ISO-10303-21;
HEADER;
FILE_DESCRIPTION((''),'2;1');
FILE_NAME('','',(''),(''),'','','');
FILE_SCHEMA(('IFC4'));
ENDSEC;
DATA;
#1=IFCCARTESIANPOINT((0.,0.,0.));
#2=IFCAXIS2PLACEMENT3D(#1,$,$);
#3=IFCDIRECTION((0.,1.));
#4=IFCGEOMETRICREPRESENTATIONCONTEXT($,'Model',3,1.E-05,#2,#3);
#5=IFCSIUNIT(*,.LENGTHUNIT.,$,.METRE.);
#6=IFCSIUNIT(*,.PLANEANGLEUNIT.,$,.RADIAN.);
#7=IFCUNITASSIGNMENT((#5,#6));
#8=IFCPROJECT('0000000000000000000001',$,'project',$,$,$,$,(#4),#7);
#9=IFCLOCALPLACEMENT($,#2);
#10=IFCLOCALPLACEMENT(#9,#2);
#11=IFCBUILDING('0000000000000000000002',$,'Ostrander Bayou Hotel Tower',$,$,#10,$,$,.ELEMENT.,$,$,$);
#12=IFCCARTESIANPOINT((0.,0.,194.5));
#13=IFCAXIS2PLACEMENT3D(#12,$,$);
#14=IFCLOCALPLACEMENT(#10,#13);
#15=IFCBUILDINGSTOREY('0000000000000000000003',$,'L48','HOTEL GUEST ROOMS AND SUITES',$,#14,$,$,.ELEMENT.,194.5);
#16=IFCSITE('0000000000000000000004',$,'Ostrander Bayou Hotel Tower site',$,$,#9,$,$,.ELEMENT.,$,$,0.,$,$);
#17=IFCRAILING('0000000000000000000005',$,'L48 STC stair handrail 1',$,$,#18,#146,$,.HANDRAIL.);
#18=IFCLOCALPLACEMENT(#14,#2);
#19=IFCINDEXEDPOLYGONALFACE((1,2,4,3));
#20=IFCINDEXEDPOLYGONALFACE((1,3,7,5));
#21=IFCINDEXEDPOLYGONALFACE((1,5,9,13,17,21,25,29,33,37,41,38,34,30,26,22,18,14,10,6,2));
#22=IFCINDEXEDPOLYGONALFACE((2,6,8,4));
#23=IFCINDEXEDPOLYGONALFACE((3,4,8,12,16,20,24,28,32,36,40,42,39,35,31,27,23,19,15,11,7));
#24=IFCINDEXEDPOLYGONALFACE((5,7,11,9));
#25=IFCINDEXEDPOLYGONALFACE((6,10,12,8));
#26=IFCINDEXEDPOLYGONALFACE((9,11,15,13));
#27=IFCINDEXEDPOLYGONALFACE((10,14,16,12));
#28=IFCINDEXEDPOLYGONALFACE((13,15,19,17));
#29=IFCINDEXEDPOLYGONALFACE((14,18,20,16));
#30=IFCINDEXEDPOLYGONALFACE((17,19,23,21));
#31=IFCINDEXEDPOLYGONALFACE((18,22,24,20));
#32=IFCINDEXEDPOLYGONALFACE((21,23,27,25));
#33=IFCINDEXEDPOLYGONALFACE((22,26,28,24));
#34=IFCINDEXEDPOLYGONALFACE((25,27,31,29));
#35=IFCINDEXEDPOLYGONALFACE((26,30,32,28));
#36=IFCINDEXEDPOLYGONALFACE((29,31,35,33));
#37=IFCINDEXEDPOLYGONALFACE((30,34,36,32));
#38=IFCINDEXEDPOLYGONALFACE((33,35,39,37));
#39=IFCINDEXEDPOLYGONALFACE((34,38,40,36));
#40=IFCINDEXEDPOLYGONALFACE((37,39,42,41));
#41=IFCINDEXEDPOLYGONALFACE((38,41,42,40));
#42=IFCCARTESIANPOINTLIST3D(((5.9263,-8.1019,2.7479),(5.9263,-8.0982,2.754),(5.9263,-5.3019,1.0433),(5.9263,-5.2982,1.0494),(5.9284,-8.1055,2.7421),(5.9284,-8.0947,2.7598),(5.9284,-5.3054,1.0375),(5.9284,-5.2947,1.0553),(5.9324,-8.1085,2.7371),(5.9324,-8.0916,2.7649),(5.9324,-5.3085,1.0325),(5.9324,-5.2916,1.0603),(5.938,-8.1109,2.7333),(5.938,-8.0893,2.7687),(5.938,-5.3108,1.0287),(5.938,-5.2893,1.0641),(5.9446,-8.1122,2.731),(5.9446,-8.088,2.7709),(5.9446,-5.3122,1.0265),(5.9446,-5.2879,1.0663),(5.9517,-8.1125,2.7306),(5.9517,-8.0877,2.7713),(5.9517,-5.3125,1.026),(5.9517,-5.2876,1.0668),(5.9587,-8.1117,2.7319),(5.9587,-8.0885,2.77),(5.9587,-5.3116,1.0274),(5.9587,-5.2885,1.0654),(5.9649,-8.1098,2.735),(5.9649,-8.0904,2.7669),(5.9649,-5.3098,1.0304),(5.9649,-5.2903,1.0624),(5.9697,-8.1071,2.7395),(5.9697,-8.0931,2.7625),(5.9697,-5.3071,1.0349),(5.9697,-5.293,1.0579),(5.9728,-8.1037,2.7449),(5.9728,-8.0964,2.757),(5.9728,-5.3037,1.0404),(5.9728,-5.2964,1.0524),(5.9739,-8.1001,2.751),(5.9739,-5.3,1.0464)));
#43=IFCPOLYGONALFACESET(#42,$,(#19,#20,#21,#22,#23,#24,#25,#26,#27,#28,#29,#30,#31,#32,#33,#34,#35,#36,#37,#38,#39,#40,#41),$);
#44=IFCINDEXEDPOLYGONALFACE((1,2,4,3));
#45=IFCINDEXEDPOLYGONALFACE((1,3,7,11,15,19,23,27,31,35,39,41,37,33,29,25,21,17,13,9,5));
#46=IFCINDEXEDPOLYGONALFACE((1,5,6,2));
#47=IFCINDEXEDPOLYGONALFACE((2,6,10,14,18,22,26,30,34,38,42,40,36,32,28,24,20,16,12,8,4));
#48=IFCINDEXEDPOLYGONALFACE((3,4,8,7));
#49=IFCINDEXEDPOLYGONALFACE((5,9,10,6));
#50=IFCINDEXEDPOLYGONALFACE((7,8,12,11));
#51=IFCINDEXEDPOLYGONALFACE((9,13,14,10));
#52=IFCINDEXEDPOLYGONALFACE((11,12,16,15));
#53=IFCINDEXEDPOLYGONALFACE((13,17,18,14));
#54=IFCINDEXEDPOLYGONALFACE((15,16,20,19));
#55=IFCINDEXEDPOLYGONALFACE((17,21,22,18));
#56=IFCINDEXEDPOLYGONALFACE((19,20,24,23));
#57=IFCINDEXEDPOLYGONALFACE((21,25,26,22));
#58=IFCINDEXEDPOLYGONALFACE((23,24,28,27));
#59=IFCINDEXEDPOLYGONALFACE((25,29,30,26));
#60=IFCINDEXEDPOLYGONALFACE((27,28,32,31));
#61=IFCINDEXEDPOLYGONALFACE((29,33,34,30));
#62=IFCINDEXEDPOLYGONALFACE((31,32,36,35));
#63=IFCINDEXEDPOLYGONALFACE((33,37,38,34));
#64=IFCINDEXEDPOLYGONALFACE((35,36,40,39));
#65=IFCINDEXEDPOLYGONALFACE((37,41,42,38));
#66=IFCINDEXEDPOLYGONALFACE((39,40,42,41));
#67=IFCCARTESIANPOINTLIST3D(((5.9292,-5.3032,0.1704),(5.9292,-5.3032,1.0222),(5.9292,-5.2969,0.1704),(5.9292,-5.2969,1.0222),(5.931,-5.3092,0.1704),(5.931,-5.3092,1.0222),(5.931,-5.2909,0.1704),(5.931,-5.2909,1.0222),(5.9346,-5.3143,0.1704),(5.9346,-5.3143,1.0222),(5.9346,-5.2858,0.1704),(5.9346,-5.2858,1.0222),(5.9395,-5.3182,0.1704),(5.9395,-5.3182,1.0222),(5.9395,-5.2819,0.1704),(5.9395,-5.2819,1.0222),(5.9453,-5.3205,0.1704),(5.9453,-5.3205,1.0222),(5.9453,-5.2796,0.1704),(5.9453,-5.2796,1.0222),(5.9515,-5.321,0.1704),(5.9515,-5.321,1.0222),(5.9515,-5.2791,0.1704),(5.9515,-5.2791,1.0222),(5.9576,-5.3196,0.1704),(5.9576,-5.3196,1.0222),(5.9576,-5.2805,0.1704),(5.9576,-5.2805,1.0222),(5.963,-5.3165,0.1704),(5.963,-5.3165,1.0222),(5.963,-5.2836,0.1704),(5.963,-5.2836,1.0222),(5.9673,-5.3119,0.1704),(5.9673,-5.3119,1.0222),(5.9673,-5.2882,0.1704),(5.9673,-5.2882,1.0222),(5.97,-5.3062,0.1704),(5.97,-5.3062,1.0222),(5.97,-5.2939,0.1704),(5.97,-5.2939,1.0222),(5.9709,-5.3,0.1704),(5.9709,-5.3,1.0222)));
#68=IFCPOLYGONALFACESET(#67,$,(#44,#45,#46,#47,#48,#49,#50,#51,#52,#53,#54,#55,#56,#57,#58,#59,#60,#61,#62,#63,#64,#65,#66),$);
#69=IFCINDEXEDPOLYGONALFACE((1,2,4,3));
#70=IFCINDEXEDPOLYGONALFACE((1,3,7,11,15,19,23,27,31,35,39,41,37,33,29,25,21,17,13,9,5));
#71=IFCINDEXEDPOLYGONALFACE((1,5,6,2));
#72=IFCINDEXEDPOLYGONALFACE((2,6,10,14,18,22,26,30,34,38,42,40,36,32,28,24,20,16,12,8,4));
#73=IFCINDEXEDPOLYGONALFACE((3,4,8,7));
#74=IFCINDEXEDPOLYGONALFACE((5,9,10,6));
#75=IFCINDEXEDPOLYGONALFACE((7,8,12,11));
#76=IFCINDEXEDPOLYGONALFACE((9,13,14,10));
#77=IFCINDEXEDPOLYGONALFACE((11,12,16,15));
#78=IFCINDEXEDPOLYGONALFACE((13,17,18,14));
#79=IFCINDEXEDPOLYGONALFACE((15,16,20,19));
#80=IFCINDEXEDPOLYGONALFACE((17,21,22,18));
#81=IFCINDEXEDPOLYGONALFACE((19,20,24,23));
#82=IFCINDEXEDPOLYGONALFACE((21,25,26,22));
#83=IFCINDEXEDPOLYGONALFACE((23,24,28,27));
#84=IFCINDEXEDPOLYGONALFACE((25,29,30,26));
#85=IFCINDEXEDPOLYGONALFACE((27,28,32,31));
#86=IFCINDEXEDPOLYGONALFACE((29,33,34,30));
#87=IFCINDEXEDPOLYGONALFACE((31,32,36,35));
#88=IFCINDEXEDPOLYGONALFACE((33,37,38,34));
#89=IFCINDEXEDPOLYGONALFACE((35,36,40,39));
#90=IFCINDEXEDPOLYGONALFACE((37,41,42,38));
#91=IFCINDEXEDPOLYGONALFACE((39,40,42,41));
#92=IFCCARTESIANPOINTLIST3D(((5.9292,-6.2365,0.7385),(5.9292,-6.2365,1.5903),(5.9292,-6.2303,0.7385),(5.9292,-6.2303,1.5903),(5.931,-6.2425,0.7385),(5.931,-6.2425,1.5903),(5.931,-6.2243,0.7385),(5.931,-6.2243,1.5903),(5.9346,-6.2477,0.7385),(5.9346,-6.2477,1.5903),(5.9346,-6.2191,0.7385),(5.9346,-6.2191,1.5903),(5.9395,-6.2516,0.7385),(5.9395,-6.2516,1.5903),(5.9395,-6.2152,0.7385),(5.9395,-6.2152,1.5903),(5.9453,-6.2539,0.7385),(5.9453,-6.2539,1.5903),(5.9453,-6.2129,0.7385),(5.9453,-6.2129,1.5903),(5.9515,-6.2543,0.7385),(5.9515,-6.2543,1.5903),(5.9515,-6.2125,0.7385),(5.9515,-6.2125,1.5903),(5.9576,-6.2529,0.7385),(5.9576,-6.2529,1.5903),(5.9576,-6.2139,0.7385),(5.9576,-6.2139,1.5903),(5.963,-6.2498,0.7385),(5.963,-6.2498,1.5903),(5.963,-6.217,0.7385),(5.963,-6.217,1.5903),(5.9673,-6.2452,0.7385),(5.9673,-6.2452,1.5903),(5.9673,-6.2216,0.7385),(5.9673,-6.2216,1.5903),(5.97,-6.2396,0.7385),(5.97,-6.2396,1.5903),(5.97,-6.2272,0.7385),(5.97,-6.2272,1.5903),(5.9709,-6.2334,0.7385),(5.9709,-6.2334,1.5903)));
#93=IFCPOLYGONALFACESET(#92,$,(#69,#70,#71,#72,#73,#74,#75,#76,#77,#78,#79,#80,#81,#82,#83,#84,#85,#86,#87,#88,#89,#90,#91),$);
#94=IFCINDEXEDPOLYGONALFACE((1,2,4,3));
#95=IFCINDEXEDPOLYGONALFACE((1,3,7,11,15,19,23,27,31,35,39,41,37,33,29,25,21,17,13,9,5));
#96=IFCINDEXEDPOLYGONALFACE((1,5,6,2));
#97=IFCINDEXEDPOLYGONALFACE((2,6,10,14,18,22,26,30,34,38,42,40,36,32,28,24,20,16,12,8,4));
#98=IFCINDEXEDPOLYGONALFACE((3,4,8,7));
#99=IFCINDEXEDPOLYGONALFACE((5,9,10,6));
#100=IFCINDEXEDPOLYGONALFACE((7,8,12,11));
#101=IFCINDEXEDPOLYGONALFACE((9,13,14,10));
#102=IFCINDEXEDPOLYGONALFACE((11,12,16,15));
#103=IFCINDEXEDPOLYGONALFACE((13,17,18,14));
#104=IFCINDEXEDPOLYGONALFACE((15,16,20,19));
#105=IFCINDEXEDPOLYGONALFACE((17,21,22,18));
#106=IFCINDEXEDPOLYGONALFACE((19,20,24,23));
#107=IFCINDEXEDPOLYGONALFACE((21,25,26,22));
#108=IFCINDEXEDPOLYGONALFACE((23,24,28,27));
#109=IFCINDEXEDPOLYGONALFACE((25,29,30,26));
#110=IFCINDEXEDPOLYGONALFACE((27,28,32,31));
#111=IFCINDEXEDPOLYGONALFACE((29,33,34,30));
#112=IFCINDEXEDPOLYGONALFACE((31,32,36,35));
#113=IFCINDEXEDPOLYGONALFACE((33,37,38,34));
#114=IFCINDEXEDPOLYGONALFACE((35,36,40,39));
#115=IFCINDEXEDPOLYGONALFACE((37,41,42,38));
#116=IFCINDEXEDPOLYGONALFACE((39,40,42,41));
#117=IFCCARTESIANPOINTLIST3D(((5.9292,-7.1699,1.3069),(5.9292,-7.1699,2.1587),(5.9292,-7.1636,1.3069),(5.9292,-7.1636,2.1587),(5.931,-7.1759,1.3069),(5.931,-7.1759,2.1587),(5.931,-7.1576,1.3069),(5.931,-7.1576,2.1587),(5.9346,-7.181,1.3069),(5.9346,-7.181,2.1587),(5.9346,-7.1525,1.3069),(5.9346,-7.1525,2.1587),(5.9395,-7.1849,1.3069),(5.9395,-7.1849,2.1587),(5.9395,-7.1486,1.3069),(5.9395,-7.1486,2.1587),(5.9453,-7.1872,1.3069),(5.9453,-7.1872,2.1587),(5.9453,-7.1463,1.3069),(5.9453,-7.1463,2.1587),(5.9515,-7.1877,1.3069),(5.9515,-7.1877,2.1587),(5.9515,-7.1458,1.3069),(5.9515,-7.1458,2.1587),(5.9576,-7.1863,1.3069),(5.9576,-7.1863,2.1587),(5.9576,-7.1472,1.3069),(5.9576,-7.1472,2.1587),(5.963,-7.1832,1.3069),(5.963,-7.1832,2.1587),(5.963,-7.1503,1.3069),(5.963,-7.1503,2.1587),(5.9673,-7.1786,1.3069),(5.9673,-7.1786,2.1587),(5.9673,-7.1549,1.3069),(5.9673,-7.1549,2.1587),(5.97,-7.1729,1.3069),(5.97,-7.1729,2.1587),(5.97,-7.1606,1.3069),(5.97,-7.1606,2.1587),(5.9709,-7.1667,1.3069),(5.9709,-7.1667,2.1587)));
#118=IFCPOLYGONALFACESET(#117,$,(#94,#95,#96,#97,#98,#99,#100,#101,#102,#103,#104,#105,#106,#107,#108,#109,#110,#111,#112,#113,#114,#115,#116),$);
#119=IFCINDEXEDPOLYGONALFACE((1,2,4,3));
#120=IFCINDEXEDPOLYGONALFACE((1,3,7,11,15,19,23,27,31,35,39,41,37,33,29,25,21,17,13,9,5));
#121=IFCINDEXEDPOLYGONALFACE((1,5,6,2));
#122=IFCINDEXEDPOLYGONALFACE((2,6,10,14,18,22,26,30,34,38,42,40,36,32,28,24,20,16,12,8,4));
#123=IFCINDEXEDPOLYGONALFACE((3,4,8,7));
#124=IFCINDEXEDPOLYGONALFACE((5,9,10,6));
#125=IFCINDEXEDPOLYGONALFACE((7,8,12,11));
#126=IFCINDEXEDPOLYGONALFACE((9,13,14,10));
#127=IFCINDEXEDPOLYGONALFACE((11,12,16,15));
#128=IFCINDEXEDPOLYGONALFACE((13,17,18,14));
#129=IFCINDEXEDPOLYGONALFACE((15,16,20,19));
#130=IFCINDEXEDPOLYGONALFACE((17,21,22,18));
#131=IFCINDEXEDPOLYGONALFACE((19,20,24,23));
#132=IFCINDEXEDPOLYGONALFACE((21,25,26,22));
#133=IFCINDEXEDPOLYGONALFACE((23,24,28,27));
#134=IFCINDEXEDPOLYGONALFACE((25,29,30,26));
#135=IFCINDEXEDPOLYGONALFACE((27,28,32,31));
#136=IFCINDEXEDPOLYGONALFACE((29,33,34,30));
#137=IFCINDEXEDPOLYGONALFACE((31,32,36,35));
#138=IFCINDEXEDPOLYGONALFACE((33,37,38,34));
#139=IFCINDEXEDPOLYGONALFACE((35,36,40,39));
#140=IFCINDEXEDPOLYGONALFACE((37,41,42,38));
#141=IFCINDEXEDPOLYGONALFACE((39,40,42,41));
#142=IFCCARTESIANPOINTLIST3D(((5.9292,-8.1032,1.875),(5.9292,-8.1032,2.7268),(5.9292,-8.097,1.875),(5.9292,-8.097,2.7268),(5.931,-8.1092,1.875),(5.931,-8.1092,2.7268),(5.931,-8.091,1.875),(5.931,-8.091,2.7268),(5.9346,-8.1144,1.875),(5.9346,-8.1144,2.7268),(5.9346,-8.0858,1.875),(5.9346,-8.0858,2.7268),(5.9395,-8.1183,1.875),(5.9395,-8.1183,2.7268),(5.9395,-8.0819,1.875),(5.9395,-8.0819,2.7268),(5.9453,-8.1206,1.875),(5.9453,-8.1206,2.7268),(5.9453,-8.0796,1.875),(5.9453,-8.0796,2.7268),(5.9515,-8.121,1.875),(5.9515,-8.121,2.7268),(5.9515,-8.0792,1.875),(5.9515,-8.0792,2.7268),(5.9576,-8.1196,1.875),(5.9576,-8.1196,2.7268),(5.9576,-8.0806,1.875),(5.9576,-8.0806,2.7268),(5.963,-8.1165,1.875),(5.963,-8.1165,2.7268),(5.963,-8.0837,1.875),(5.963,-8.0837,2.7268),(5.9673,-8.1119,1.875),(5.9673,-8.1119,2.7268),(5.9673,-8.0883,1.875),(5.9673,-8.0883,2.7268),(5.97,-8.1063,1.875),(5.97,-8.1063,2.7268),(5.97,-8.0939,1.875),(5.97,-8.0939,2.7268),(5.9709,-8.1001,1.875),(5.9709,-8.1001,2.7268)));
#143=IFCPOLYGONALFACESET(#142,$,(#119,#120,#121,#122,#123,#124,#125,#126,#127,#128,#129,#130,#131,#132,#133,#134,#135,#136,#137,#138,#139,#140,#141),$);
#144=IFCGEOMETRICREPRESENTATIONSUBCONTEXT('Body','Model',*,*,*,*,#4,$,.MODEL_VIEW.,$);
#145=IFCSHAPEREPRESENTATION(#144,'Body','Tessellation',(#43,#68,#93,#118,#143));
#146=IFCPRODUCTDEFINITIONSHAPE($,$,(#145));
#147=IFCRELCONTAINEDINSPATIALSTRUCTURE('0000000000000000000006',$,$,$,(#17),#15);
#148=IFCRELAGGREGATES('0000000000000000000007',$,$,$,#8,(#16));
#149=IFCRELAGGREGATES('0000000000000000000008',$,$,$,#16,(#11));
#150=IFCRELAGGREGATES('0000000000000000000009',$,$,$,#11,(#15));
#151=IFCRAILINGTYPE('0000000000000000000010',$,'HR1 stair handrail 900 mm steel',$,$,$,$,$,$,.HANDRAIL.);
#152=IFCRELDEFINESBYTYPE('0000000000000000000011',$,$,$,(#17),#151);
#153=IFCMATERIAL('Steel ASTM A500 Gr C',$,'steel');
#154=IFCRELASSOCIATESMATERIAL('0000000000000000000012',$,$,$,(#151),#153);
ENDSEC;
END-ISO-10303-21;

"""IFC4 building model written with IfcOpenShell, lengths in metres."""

from ifc_helpers import new_model, si_unit, direction, frame, origin, origin_2d, place, context, subcontext, project, spatial, circle, extrude, material, type_object, element, save


model = new_model("IFC4")

# Units and contexts
model_context = context("Model", 3, precision=1e-05, world=origin(), true_north=direction((0.0, 1.0)))
body_context = subcontext(model_context, "Body", "Model", "MODEL_VIEW")
ifc_project = project(units=[si_unit("LENGTHUNIT", "METRE"), si_unit("PLANEANGLEUNIT", "RADIAN")], contexts=[model_context])

# Site, building, storey
site_placement = place(None, origin())
site = spatial("IfcSite", under=ifc_project, at=site_placement, Name="Ostrander Bayou Hotel Tower site", CompositionType="ELEMENT", RefElevation=0.0)
building_placement = place(site_placement, origin())
building = spatial("IfcBuilding", under=site, at=building_placement, Name="Ostrander Bayou Hotel Tower", CompositionType="ELEMENT")
storey_placement = place(building_placement, frame((0.0, 0.0, 194.5)))
storey = spatial("IfcBuildingStorey", under=building, at=storey_placement, Name="L48", Description="HOTEL GUEST ROOMS AND SUITES", CompositionType="ELEMENT", Elevation=194.5)

# Railing
ifc_material_1 = material(Name="Steel ASTM A500 Gr C", Category="steel")
railing_type_1 = type_object("IfcRailingType", Name="HR1 stair handrail 900 mm steel", PredefinedType="HANDRAIL", material=ifc_material_1)
railing_1_placement = place(storey_placement, frame((5.95, -5.3, 0.1704)))
element("IfcRailing", 1, at=railing_1_placement, inside=storey, type_object=railing_type_1, Name="L48 STC stair handrail 1", PredefinedType="HANDRAIL", context=body_context, shape_type="SweptSolid", body=[
    extrude(circle(Radius=0.0239, at=origin_2d()), frame((0.0, 0.0, 0.876), z_axis=(0.0, -0.85417, 0.519994), x_axis=(1.0, 0.0, 0.0)), (0.0, 0.0, 1.0), 3.2781),
    extrude(circle(Radius=0.021, at=origin_2d()), origin(), (0.0, 0.0, 1.0), 0.8518),
    extrude(circle(Radius=0.021, at=origin_2d()), frame((0.0, -0.9333, 0.5681)), (0.0, 0.0, 1.0), 0.8518),
    extrude(circle(Radius=0.021, at=origin_2d()), frame((0.0, -1.8667, 1.1365)), (0.0, 0.0, 1.0), 0.8518),
    extrude(circle(Radius=0.021, at=origin_2d()), frame((0.0, -2.8, 1.7046)), (0.0, 0.0, 1.0), 0.8518),
])

save(model, "model.ifc")
